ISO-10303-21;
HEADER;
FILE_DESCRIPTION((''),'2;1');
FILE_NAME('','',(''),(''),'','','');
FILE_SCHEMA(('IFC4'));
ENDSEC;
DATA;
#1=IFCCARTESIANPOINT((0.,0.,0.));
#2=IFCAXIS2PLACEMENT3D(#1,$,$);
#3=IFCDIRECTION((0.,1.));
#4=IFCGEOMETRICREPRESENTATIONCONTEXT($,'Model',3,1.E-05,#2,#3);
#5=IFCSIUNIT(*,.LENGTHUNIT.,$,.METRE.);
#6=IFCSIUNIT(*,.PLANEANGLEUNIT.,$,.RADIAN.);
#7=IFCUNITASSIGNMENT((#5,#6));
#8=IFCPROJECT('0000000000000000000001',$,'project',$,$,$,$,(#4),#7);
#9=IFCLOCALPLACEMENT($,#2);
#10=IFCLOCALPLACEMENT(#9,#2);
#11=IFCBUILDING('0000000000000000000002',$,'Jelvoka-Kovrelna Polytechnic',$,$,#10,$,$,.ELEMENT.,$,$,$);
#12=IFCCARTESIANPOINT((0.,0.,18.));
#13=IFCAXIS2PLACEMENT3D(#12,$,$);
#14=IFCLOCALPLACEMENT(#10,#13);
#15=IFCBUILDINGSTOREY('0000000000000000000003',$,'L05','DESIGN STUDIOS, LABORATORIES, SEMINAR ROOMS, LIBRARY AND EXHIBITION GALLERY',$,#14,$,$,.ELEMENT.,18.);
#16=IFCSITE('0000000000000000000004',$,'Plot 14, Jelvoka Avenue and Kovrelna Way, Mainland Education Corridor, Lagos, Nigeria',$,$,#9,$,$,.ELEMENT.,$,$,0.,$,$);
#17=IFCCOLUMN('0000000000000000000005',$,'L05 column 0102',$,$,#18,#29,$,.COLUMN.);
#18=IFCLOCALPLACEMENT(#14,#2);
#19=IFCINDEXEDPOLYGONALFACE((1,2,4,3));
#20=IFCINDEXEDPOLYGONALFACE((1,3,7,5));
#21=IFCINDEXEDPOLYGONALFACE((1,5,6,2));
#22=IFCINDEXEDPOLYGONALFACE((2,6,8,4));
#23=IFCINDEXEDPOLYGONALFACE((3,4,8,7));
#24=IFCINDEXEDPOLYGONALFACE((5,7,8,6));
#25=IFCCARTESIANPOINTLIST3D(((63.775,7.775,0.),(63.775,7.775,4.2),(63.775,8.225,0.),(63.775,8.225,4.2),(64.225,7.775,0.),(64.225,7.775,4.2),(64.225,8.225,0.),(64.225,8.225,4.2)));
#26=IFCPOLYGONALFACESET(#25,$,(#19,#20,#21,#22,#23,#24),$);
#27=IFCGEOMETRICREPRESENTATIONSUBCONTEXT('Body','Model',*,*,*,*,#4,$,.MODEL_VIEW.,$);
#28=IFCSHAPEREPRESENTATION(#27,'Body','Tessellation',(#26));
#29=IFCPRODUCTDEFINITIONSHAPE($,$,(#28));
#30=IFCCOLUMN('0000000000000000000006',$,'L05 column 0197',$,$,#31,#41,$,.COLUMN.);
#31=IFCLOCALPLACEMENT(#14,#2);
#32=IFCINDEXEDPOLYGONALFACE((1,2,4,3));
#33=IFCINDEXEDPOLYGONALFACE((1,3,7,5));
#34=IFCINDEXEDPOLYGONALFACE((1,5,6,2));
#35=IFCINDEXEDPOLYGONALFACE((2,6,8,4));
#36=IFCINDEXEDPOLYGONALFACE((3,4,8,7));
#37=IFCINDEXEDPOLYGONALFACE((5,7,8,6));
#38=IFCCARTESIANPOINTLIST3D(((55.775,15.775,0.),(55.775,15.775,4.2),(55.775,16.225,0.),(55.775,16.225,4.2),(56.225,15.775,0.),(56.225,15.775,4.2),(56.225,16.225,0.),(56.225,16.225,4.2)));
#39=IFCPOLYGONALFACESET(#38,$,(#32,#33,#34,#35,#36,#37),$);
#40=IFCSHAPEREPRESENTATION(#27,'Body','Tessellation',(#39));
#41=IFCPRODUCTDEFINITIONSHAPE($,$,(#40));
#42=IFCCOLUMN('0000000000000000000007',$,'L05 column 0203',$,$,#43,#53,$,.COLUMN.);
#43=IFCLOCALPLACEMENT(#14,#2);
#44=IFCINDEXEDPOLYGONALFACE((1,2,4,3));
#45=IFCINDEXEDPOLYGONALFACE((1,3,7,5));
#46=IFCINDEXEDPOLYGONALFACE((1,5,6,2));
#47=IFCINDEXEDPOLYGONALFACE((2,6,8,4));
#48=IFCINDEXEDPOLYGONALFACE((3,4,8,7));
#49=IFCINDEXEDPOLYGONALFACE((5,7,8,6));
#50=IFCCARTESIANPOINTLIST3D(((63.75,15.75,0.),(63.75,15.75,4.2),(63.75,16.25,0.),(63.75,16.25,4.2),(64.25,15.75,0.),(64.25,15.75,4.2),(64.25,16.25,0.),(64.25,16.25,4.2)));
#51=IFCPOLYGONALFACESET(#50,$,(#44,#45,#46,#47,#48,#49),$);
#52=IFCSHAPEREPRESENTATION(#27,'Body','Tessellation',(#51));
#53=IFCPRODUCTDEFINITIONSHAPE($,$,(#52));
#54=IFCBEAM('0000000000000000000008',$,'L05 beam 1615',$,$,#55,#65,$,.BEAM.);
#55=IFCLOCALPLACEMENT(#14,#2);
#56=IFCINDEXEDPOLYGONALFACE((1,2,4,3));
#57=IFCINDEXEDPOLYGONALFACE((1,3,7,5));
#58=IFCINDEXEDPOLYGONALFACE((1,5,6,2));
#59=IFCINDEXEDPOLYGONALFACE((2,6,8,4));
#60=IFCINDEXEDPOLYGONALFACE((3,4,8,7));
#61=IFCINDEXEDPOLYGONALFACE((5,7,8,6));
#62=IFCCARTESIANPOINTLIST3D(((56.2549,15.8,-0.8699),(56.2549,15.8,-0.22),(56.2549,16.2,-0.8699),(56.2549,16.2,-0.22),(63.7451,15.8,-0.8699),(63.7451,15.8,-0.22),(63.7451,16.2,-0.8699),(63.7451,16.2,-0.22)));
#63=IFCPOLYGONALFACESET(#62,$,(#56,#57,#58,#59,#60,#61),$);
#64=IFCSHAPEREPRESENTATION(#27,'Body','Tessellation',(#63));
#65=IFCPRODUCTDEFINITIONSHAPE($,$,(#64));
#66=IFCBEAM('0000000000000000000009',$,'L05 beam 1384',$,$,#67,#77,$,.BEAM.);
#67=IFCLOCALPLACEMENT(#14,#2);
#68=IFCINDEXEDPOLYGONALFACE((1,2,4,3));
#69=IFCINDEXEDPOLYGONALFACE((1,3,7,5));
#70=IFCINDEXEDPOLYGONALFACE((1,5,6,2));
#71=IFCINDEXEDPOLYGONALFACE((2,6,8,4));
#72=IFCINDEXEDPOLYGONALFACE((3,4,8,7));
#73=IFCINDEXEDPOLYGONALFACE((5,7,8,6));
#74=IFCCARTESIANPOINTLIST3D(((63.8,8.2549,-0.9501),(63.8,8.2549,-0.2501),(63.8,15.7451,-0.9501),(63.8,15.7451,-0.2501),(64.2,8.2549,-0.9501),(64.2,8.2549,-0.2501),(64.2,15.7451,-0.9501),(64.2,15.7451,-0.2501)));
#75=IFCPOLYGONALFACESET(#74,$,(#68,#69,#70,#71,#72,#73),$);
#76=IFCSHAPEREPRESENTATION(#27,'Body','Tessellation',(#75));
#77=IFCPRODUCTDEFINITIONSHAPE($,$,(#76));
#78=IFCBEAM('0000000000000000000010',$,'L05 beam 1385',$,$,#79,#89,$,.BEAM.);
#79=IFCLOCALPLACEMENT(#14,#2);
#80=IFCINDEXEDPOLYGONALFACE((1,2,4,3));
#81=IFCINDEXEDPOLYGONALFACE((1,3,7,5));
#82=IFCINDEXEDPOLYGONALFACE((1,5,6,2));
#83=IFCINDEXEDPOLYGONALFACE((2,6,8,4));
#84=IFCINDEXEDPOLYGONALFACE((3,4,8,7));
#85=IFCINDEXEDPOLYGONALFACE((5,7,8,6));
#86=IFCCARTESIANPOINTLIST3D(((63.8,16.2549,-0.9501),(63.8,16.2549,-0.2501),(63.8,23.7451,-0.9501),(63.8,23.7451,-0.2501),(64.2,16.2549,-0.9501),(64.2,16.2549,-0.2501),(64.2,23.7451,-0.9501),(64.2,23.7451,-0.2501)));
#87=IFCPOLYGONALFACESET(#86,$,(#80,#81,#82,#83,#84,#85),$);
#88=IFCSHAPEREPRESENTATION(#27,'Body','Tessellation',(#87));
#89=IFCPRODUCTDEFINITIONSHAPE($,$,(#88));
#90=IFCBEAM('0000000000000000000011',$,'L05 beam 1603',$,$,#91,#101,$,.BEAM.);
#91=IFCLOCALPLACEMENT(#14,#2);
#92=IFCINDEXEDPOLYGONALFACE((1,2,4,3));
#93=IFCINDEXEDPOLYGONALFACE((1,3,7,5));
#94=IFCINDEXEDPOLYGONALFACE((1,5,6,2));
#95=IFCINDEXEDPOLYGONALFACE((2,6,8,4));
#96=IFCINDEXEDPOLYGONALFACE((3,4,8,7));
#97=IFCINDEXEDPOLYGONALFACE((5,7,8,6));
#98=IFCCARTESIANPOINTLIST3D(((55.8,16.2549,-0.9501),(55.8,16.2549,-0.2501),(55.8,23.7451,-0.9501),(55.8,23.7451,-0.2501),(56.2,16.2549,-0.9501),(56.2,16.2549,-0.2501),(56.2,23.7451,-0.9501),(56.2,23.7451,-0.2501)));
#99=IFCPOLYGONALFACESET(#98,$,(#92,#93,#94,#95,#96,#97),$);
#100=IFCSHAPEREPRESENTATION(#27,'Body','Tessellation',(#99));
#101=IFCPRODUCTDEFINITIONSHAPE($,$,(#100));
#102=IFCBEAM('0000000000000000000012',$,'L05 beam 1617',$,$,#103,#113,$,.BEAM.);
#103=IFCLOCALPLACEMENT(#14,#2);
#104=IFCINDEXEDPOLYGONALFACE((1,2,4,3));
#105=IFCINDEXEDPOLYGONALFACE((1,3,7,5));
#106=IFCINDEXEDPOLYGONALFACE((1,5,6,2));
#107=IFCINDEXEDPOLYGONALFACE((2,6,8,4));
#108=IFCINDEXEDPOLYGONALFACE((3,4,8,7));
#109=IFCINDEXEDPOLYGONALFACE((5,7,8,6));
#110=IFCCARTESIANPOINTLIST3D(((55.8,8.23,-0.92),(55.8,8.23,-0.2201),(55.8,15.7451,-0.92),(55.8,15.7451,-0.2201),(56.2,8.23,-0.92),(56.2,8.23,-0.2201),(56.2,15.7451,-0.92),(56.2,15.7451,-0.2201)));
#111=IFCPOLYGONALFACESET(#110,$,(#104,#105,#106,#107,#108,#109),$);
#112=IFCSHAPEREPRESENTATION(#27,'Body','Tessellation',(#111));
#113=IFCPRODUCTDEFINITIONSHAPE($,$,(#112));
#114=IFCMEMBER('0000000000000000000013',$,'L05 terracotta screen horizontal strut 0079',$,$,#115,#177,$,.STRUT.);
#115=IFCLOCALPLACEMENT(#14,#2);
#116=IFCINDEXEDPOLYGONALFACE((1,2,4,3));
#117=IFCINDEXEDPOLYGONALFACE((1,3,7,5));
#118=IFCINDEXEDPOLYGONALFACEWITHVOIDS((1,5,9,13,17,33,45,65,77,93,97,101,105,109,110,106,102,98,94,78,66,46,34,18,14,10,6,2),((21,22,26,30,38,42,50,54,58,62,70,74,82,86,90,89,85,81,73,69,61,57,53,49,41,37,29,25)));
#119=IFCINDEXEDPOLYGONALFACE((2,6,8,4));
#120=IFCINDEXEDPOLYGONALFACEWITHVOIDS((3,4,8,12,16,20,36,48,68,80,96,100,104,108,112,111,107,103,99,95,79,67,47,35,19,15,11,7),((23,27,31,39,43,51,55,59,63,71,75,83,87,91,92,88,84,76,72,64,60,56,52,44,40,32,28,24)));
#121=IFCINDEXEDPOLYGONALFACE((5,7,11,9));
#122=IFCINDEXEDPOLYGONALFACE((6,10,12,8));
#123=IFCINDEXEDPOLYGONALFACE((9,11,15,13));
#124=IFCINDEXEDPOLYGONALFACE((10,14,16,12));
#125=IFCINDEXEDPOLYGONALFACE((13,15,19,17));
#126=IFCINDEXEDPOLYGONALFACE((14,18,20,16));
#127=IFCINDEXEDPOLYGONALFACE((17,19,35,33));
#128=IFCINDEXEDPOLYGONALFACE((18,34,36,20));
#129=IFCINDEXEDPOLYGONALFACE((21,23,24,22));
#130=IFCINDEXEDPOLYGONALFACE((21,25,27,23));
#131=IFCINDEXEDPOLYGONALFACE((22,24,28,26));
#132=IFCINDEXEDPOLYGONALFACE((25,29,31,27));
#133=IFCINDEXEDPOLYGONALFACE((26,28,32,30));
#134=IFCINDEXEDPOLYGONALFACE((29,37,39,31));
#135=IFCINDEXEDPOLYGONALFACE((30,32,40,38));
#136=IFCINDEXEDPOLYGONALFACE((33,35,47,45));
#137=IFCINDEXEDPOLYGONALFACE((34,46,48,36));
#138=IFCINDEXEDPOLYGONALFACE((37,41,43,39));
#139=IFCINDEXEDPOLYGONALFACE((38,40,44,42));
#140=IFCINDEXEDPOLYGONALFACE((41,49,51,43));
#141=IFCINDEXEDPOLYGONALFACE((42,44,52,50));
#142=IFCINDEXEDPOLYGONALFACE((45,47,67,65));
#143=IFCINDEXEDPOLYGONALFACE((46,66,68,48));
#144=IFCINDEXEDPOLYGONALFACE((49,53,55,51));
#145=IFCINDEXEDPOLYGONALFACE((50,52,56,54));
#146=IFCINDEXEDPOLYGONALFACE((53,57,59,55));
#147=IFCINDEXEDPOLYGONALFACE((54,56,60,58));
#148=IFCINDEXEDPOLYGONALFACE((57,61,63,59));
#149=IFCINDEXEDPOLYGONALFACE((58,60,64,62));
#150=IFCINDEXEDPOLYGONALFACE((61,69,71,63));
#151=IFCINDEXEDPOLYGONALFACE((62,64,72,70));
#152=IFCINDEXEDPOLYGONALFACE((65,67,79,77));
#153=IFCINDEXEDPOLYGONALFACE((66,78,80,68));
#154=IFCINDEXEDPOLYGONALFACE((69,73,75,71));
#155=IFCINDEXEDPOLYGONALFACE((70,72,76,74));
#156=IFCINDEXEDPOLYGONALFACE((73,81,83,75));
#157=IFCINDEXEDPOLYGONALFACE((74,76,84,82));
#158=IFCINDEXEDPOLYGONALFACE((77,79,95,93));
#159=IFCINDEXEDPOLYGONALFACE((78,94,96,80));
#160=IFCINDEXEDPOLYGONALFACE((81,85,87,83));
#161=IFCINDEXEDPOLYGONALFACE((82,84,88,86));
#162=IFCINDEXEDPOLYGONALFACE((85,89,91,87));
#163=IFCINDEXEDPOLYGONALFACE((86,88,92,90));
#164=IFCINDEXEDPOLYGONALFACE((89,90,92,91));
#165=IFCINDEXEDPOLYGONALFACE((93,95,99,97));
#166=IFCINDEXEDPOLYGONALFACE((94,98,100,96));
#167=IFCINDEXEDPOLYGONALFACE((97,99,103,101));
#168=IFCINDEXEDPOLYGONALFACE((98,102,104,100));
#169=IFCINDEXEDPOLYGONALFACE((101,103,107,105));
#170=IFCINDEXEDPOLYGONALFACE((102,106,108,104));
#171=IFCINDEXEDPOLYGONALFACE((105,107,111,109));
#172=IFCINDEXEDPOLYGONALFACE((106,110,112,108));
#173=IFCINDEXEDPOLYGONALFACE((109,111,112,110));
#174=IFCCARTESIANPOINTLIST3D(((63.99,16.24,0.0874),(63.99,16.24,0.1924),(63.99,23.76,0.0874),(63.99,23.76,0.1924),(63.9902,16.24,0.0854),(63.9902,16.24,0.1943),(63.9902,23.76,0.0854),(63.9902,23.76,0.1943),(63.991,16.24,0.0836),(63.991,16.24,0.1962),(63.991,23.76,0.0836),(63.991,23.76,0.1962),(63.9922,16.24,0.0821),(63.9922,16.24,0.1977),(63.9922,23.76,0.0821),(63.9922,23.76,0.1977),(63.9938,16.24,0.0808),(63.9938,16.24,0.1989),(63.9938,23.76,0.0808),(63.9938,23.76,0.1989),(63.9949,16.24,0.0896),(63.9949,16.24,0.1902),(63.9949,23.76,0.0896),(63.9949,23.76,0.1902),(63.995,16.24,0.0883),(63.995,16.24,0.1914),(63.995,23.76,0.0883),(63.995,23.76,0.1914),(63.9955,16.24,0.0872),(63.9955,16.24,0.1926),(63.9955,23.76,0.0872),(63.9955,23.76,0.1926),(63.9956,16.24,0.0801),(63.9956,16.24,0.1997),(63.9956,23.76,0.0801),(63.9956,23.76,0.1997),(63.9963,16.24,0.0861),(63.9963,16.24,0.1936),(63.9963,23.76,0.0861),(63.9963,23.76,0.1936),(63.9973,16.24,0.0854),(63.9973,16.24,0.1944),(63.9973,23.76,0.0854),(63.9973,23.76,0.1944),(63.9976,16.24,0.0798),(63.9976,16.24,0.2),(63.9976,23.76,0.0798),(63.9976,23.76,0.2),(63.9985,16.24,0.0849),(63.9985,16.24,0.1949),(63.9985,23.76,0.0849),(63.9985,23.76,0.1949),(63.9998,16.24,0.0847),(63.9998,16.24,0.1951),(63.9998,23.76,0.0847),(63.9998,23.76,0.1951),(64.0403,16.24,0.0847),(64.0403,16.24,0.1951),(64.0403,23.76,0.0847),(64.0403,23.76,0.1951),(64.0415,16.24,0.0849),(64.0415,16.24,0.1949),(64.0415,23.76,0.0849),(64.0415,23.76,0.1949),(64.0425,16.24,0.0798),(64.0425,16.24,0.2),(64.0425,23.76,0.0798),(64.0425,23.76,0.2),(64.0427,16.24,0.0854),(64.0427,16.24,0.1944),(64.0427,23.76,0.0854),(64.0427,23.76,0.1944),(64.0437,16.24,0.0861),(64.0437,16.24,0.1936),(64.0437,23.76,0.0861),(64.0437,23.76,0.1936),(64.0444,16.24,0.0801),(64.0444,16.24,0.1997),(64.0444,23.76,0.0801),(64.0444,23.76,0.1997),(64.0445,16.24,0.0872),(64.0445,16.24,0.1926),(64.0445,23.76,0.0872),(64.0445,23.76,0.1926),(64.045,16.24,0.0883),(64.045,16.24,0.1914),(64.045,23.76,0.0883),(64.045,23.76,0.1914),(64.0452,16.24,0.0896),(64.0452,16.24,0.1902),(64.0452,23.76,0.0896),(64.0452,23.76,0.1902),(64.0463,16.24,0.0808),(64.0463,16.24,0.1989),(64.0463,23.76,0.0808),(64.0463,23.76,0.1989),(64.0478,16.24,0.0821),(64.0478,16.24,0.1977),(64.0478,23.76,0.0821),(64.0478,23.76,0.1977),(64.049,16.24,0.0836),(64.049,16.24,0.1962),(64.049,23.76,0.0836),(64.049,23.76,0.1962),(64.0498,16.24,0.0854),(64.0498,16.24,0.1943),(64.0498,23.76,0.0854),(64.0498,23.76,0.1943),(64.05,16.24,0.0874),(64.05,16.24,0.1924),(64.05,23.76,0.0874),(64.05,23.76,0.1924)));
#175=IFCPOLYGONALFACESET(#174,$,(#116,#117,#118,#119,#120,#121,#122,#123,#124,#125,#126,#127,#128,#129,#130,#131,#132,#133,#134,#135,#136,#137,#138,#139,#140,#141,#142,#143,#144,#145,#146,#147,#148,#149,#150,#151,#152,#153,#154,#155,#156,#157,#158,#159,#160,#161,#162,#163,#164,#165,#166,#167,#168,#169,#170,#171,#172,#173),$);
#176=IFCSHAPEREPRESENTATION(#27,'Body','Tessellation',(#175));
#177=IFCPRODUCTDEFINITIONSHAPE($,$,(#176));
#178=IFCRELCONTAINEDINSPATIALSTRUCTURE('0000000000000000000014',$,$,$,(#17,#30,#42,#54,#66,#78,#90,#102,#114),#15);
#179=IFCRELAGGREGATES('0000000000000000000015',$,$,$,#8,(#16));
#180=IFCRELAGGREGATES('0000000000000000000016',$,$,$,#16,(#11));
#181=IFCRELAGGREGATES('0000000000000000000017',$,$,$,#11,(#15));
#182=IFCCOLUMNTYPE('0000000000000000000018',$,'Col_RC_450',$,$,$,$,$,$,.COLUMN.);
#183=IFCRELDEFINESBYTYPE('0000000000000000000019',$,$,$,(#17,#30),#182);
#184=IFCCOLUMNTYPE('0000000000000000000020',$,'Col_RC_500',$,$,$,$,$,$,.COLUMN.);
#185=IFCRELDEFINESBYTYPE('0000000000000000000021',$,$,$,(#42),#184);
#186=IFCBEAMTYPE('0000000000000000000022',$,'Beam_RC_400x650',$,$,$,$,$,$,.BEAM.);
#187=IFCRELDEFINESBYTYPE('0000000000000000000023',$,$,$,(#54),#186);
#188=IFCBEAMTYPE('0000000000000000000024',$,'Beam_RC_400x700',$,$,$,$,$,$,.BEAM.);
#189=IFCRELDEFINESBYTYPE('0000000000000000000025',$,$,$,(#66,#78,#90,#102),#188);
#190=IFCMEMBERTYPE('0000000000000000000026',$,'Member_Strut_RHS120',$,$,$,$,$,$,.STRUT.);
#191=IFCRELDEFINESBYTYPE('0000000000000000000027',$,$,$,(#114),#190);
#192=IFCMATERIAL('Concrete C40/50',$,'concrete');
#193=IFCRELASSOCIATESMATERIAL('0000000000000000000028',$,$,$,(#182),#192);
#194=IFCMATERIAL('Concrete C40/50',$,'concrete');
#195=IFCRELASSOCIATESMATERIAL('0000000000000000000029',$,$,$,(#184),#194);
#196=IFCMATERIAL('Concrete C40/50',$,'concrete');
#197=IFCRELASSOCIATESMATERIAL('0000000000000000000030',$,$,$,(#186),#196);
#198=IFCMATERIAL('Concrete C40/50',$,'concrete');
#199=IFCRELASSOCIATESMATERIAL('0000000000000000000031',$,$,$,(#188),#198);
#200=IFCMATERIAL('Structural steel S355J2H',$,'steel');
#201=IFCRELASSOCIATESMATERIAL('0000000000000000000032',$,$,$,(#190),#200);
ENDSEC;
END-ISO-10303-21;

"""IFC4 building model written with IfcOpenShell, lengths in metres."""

from ifc_helpers import new_model, si_unit, direction, frame, origin, origin_2d, place, context, subcontext, project, spatial, rectangle, hollow_rectangle, extrude, material, material_profile, profile_set, type_object, element, save


model = new_model("IFC4")

# Units and contexts
model_context = context("Model", 3, precision=1e-05, world=origin(), true_north=direction((0.0, 1.0)))
body_context = subcontext(model_context, "Body", "Model", "MODEL_VIEW")
ifc_project = project(units=[si_unit("LENGTHUNIT", "METRE"), si_unit("PLANEANGLEUNIT", "RADIAN")], contexts=[model_context])

# Site, building, storey
site_placement = place(None, origin())
site = spatial("IfcSite", under=ifc_project, at=site_placement, Name="Plot 14, Jelvoka Avenue and Kovrelna Way, Mainland Education Corridor, Lagos, Nigeria", CompositionType="ELEMENT", RefElevation=0.0)
building_placement = place(site_placement, origin())
building = spatial("IfcBuilding", under=site, at=building_placement, Name="Jelvoka-Kovrelna Polytechnic", CompositionType="ELEMENT")
storey_placement = place(building_placement, frame((0.0, 0.0, 18.0)))
storey = spatial("IfcBuildingStorey", under=building, at=storey_placement, Name="L05", Description="DESIGN STUDIOS, LABORATORIES, SEMINAR ROOMS, LIBRARY AND EXHIBITION GALLERY", CompositionType="ELEMENT", Elevation=18.0)

# Columns
ifc_material_1 = material(Name="Concrete C40/50", Category="concrete")
ifc_material_profile_1 = material_profile(ifc_material_1, rectangle(XDim=0.45, YDim=0.45, at=origin_2d()), Name="RC 450x450")
ifc_profile_set_1 = profile_set([ifc_material_profile_1], Name="Concrete C40/50")
column_type_1 = type_object("IfcColumnType", Name="Col_RC_450", PredefinedType="COLUMN", material=ifc_profile_set_1)
for number, where, z_axis, x_axis, name in (
    (1, (64.0, 8.0, 0.0), (0.0, 0.0, 1.0), (1.0, 0.0, 0.0), "L05 column 0102"),
    (2, (56.0, 16.0, 0.0), (0.0, 0.0, 1.0), (1.0, 0.0, 0.0), "L05 column 0197"),
):
    element("IfcColumn", number, at=place(storey_placement, frame(where, z_axis=z_axis, x_axis=x_axis)), inside=storey, type_object=column_type_1, Name=name, PredefinedType="COLUMN", context=body_context, shape_type="SweptSolid", body=[
        extrude(rectangle(XDim=0.45, YDim=0.45, at=origin_2d()), origin(), (0.0, 0.0, 1.0), 4.2),
    ])
ifc_material_2 = material(Name="Concrete C40/50", Category="concrete")
ifc_material_profile_2 = material_profile(ifc_material_2, rectangle(XDim=0.5, YDim=0.5, at=origin_2d()), Name="RC 500x500")
ifc_profile_set_2 = profile_set([ifc_material_profile_2], Name="Concrete C40/50")
column_type_2 = type_object("IfcColumnType", Name="Col_RC_500", PredefinedType="COLUMN", material=ifc_profile_set_2)
column_placement = place(storey_placement, frame((64.0, 16.0, 0.0), z_axis=(0.0, 0.0, 1.0), x_axis=(1.0, 0.0, 0.0)))
element("IfcColumn", 3, at=column_placement, inside=storey, type_object=column_type_2, Name="L05 column 0203", PredefinedType="COLUMN", context=body_context, shape_type="SweptSolid", body=[
    extrude(rectangle(XDim=0.5, YDim=0.5, at=origin_2d()), origin(), (0.0, 0.0, 1.0), 4.2),
])

# Beams
ifc_material_3 = material(Name="Concrete C40/50", Category="concrete")
ifc_material_profile_3 = material_profile(ifc_material_3, rectangle(XDim=0.3999, YDim=0.6499, at=origin_2d()), Name="RC 400x650")
ifc_profile_set_3 = profile_set([ifc_material_profile_3], Name="Concrete C40/50")
beam_type_1 = type_object("IfcBeamType", Name="Beam_RC_400x650", PredefinedType="BEAM", material=ifc_profile_set_3)
beam_1_placement = place(storey_placement, frame((56.2549, 16.0, -0.5449), z_axis=(1.0, 0.0, 0.0), x_axis=(0.0, 1.0, 0.0)))
element("IfcBeam", 4, at=beam_1_placement, inside=storey, type_object=beam_type_1, Name="L05 beam 1615", PredefinedType="BEAM", context=body_context, shape_type="SweptSolid", body=[
    extrude(rectangle(XDim=0.3999, YDim=0.6499, at=origin_2d()), origin(), (0.0, 0.0, 1.0), 7.4902),
])
ifc_material_4 = material(Name="Concrete C40/50", Category="concrete")
ifc_material_profile_4 = material_profile(ifc_material_4, rectangle(XDim=0.3999, YDim=0.7, at=origin_2d()), Name="RC 400x700")
ifc_profile_set_4 = profile_set([ifc_material_profile_4], Name="Concrete C40/50")
beam_type_2 = type_object("IfcBeamType", Name="Beam_RC_400x700", PredefinedType="BEAM", material=ifc_profile_set_4)
for number, where, z_axis, x_axis, name in (
    (5, (64.0, 8.2549, -0.6001), (0.0, 1.0, 0.0), (-1.0, 0.0, 0.0), "L05 beam 1384"),
    (6, (64.0, 16.2549, -0.6001), (0.0, 1.0, 0.0), (-1.0, 0.0, 0.0), "L05 beam 1385"),
    (7, (56.0, 16.2549, -0.6001), (0.0, 1.0, 0.0), (-1.0, 0.0, 0.0), "L05 beam 1603"),
):
    element("IfcBeam", number, at=place(storey_placement, frame(where, z_axis=z_axis, x_axis=x_axis)), inside=storey, type_object=beam_type_2, Name=name, PredefinedType="BEAM", context=body_context, shape_type="SweptSolid", body=[
        extrude(rectangle(XDim=0.3999, YDim=0.7, at=origin_2d()), origin(), (0.0, 0.0, 1.0), 7.4902),
    ])
beam_2_placement = place(storey_placement, frame((56.0, 8.23, -0.5701), z_axis=(0.0, 1.0, 0.0), x_axis=(-1.0, 0.0, 0.0)))
element("IfcBeam", 8, at=beam_2_placement, inside=storey, type_object=beam_type_2, Name="L05 beam 1617", PredefinedType="BEAM", context=body_context, shape_type="SweptSolid", body=[
    extrude(rectangle(XDim=0.3999, YDim=0.7, at=origin_2d()), origin(), (0.0, 0.0, 1.0), 7.5151),
])

# Member
ifc_material_5 = material(Name="Structural steel S355J2H", Category="steel")
ifc_material_profile_5 = material_profile(ifc_material_5, hollow_rectangle(XDim=0.0601, YDim=0.1201, WallThickness=0.0049, InnerFilletRadius=0.0049, OuterFilletRadius=0.0076, at=origin_2d()), Name="120x60x5.0 RHS")
ifc_profile_set_5 = profile_set([ifc_material_profile_5], Name="Structural steel S355J2H")
member_type_1 = type_object("IfcMemberType", Name="Member_Strut_RHS120", PredefinedType="STRUT", material=ifc_profile_set_5)
for number, where, z_axis, x_axis, name in (
    (9, (64.02, 16.24, 0.1399), (0.0, 1.0, 0.0), (-1.0, 0.0, 0.0), "L05 terracotta screen horizontal strut 0079"),
):
    element("IfcMember", number, at=place(storey_placement, frame(where, z_axis=z_axis, x_axis=x_axis)), inside=storey, type_object=member_type_1, Name=name, PredefinedType="STRUT", context=body_context, shape_type="SweptSolid", body=[
        extrude(hollow_rectangle(XDim=0.0601, YDim=0.1201, WallThickness=0.0049, InnerFilletRadius=0.0049, OuterFilletRadius=0.0076, at=origin_2d()), origin(), (0.0, 0.0, 1.0), 7.52),
    ])

save(model, "model.ifc")
